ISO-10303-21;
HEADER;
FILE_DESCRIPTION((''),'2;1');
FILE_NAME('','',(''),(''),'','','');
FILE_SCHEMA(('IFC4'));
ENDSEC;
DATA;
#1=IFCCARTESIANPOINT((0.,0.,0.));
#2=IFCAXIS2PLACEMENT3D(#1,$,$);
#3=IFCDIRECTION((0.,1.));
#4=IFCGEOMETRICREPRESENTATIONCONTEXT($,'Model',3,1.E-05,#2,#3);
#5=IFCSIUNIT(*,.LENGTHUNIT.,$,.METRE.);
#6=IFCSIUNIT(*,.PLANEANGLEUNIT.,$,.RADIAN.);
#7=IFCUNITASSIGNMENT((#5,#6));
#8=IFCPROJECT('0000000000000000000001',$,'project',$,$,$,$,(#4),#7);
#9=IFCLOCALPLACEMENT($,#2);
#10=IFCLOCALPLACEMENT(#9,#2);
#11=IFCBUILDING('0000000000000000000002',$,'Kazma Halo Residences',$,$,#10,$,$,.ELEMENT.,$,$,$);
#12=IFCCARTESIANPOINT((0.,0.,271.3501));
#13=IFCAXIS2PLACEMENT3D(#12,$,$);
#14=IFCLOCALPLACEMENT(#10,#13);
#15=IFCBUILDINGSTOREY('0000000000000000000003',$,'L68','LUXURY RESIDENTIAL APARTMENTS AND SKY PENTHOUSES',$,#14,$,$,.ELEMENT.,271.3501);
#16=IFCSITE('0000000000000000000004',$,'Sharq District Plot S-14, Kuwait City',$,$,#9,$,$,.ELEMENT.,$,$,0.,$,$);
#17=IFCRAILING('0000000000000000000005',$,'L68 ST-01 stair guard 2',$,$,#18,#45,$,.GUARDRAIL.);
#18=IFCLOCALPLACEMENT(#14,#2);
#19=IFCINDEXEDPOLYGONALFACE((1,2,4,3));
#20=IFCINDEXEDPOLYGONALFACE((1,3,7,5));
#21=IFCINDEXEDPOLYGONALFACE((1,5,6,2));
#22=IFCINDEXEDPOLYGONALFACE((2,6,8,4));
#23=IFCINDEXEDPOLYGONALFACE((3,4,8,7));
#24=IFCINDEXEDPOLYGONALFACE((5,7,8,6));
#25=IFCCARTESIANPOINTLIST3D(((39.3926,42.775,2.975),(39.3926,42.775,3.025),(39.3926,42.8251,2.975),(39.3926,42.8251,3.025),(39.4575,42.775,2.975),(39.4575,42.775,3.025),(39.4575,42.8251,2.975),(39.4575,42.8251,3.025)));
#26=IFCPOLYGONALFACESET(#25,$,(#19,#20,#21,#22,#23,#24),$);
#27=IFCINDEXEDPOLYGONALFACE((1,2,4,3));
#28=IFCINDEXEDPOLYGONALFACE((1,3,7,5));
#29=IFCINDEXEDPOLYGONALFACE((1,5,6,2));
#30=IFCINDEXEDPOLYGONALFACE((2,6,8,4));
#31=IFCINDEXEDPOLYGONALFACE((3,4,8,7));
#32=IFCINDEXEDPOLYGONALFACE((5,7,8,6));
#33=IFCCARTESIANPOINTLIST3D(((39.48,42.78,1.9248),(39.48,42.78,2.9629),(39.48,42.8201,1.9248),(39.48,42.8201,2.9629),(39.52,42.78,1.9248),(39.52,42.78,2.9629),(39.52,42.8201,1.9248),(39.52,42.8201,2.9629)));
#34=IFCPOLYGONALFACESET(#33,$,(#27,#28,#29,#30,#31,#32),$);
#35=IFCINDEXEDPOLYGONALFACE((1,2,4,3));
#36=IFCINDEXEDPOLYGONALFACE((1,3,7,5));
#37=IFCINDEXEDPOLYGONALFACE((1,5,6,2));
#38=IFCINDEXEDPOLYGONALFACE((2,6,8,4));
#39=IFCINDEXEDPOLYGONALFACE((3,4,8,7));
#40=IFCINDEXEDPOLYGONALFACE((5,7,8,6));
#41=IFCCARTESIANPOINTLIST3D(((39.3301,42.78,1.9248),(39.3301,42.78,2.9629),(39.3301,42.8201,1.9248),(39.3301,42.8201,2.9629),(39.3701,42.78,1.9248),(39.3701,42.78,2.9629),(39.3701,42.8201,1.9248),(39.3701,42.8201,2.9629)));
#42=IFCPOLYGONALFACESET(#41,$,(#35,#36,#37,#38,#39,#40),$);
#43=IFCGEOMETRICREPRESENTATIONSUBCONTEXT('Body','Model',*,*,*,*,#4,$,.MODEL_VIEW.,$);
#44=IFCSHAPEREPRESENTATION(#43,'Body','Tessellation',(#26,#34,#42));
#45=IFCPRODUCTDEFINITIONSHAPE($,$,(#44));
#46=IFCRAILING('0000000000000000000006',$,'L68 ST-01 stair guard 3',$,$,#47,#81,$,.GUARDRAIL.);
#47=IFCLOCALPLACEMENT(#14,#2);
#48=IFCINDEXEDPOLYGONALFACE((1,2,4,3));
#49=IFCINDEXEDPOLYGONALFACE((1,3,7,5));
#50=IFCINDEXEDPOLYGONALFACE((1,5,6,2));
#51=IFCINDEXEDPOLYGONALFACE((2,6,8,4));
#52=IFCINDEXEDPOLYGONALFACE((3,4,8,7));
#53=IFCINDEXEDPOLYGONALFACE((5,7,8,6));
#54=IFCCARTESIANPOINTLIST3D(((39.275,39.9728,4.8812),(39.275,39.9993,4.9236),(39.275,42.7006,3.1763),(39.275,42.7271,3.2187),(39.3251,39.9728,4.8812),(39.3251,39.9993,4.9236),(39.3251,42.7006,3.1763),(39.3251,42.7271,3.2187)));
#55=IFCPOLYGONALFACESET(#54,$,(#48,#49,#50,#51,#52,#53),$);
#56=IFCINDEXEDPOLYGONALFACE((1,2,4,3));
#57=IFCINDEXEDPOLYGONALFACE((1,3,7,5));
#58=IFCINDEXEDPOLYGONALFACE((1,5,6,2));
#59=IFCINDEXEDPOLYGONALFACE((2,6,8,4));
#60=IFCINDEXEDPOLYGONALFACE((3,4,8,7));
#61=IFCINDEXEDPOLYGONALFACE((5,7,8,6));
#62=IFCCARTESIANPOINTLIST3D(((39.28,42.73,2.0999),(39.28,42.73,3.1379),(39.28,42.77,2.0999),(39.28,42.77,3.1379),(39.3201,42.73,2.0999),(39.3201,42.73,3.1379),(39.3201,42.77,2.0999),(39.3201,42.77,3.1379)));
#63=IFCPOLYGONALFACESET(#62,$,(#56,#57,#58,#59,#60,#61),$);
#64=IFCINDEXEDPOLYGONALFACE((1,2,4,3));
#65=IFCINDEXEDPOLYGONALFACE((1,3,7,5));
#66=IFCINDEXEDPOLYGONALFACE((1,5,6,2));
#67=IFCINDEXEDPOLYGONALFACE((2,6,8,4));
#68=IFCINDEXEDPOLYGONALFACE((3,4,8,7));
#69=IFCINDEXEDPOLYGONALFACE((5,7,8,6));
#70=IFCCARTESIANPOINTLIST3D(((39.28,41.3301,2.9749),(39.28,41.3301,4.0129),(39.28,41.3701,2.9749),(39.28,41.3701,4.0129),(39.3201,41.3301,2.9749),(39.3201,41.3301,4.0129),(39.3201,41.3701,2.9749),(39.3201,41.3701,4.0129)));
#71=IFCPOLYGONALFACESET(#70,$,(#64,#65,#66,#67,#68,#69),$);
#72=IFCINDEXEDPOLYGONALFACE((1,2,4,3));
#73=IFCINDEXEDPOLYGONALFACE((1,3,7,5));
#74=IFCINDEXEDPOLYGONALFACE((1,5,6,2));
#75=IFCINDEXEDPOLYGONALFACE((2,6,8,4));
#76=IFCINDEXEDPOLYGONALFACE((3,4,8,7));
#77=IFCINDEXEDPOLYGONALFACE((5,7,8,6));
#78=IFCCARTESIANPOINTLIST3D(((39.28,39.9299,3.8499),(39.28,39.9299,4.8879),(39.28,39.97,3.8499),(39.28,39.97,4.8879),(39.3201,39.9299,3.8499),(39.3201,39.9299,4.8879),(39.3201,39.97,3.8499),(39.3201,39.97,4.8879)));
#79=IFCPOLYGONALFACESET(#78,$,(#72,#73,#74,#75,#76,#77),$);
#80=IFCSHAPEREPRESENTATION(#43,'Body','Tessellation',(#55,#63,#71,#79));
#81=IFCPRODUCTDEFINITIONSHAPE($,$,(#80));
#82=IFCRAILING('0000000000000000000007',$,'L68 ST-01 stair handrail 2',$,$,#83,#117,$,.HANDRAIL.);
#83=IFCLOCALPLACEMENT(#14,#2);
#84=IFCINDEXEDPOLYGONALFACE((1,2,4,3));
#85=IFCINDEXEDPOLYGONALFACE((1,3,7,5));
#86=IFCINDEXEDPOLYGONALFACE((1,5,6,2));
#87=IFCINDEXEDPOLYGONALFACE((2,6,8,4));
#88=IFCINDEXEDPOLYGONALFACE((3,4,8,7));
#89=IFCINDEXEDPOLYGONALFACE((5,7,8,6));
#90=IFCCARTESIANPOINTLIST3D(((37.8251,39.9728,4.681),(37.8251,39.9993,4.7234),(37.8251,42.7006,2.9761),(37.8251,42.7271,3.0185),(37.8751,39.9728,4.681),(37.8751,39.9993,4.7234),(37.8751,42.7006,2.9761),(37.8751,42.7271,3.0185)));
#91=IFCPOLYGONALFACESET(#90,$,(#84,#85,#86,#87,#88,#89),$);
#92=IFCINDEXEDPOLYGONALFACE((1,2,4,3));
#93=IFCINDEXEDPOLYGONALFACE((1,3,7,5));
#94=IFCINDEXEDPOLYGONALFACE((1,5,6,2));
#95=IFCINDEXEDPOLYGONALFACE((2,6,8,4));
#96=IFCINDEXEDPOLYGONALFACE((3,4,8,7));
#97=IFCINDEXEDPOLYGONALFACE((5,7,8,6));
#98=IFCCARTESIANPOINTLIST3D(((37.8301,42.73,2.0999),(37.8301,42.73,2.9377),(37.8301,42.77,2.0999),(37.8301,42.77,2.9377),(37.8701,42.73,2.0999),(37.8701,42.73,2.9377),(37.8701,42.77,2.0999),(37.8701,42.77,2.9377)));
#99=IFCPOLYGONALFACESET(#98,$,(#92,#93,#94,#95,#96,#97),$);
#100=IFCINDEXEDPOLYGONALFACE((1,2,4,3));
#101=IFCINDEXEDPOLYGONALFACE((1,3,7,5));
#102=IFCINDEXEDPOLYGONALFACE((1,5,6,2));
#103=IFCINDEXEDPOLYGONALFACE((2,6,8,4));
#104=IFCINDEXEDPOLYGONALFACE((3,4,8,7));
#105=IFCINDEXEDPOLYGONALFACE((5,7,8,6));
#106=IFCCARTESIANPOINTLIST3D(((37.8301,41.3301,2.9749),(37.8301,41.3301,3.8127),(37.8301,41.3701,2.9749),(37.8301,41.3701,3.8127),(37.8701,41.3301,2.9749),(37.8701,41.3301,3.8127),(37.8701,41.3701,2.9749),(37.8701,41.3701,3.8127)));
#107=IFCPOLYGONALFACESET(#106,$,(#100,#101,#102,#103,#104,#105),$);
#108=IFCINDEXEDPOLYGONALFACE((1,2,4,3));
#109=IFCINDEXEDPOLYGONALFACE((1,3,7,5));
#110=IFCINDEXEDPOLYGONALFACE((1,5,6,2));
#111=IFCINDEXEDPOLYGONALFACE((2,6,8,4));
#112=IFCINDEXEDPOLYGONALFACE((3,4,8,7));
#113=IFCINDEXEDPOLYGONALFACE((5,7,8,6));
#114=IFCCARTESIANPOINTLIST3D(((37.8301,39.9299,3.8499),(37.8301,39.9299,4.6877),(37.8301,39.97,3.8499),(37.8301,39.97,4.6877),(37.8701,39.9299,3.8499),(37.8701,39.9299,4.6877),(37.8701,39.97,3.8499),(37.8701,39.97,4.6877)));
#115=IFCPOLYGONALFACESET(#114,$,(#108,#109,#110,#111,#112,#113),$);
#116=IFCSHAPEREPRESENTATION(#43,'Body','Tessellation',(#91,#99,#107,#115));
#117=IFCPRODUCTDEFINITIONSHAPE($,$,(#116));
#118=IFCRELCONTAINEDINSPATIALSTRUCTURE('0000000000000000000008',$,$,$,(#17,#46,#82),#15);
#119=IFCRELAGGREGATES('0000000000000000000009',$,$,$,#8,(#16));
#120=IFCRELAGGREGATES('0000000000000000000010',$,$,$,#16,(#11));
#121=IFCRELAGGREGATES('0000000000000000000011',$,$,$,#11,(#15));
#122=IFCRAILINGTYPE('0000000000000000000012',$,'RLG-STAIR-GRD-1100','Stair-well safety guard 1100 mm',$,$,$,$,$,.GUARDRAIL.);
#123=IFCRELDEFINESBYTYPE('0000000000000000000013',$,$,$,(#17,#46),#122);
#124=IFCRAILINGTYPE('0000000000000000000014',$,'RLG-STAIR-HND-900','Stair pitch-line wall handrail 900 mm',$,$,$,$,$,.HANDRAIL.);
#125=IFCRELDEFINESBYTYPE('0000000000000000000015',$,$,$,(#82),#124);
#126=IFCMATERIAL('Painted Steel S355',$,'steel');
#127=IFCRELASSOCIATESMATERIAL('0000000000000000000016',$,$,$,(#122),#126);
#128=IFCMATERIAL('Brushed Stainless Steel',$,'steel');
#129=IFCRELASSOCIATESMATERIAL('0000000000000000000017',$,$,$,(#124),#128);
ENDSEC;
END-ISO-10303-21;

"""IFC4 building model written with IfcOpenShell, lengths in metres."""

from ifc_helpers import new_model, si_unit, direction, frame, origin, origin_2d, place, context, subcontext, project, spatial, rectangle, extrude, material, type_object, element, save


model = new_model("IFC4")

# Units and contexts
model_context = context("Model", 3, precision=1e-05, world=origin(), true_north=direction((0.0, 1.0)))
body_context = subcontext(model_context, "Body", "Model", "MODEL_VIEW")
ifc_project = project(units=[si_unit("LENGTHUNIT", "METRE"), si_unit("PLANEANGLEUNIT", "RADIAN")], contexts=[model_context])

# Site, building, storey
site_placement = place(None, origin())
site = spatial("IfcSite", under=ifc_project, at=site_placement, Name="Sharq District Plot S-14, Kuwait City", CompositionType="ELEMENT", RefElevation=0.0)
building_placement = place(site_placement, origin())
building = spatial("IfcBuilding", under=site, at=building_placement, Name="Kazma Halo Residences", CompositionType="ELEMENT")
storey_placement = place(building_placement, frame((0.0, 0.0, 271.3501)))
storey = spatial("IfcBuildingStorey", under=building, at=storey_placement, Name="L68", Description="LUXURY RESIDENTIAL APARTMENTS AND SKY PENTHOUSES", CompositionType="ELEMENT", Elevation=271.3501)

# Railings
ifc_material_1 = material(Name="Painted Steel S355", Category="steel")
railing_type_1 = type_object("IfcRailingType", Name="RLG-STAIR-GRD-1100", Description="Stair-well safety guard 1100 mm", PredefinedType="GUARDRAIL", material=ifc_material_1)
railing_1_placement = place(storey_placement, frame((39.5, 42.8, 1.9248)))
element("IfcRailing", 1, at=railing_1_placement, inside=storey, type_object=railing_type_1, Name="L68 ST-01 stair guard 2", PredefinedType="GUARDRAIL", context=body_context, shape_type="SweptSolid", body=[
    extrude(rectangle(XDim=0.05, YDim=0.05, at=origin_2d()), frame((-0.0425, 0.0, 1.0752), z_axis=(-1.0, 0.0, 0.0), x_axis=(0.0, -1.0, 0.0)), (0.0, 0.0, 1.0), 0.0649),
    extrude(rectangle(XDim=0.04, YDim=0.04, at=origin_2d()), origin(), (0.0, 0.0, 1.0), 1.0381),
    extrude(rectangle(XDim=0.04, YDim=0.04, at=origin_2d()), frame((-0.1499, 0.0, 0.0)), (0.0, 0.0, 1.0), 1.0381),
])
railing_2_placement = place(storey_placement, frame((39.3, 42.75, 2.0999)))
element("IfcRailing", 2, at=railing_2_placement, inside=storey, type_object=railing_type_1, Name="L68 ST-01 stair guard 3", PredefinedType="GUARDRAIL", context=body_context, shape_type="SweptSolid", body=[
    extrude(rectangle(XDim=0.05, YDim=0.05, at=origin_2d()), frame((0.0, -0.0361, 1.0977), z_axis=(0.0, -0.848002, 0.529992), x_axis=(1.0, 0.0, 0.0)), (0.0, 0.0, 1.0), 3.2168),
    extrude(rectangle(XDim=0.04, YDim=0.04, at=origin_2d()), origin(), (0.0, 0.0, 1.0), 1.0381),
    extrude(rectangle(XDim=0.04, YDim=0.04, at=origin_2d()), frame((0.0, -1.3999, 0.875)), (0.0, 0.0, 1.0), 1.0381),
    extrude(rectangle(XDim=0.04, YDim=0.04, at=origin_2d()), frame((0.0, -2.8, 1.75)), (0.0, 0.0, 1.0), 1.0381),
])
ifc_material_2 = material(Name="Brushed Stainless Steel", Category="steel")
railing_type_2 = type_object("IfcRailingType", Name="RLG-STAIR-HND-900", Description="Stair pitch-line wall handrail 900 mm", PredefinedType="HANDRAIL", material=ifc_material_2)
railing_3_placement = place(storey_placement, frame((37.8501, 42.75, 2.0999)))
element("IfcRailing", 3, at=railing_3_placement, inside=storey, type_object=railing_type_2, Name="L68 ST-01 stair handrail 2", PredefinedType="HANDRAIL", context=body_context, shape_type="SweptSolid", body=[
    extrude(rectangle(XDim=0.05, YDim=0.05, at=origin_2d()), frame((0.0, -0.0361, 0.8975), z_axis=(0.0, -0.848002, 0.529992), x_axis=(1.0, 0.0, 0.0)), (0.0, 0.0, 1.0), 3.2168),
    extrude(rectangle(XDim=0.04, YDim=0.04, at=origin_2d()), origin(), (0.0, 0.0, 1.0), 0.8379),
    extrude(rectangle(XDim=0.04, YDim=0.04, at=origin_2d()), frame((0.0, -1.3999, 0.875)), (0.0, 0.0, 1.0), 0.8379),
    extrude(rectangle(XDim=0.04, YDim=0.04, at=origin_2d()), frame((0.0, -2.8, 1.75)), (0.0, 0.0, 1.0), 0.8379),
])

save(model, "model.ifc")
